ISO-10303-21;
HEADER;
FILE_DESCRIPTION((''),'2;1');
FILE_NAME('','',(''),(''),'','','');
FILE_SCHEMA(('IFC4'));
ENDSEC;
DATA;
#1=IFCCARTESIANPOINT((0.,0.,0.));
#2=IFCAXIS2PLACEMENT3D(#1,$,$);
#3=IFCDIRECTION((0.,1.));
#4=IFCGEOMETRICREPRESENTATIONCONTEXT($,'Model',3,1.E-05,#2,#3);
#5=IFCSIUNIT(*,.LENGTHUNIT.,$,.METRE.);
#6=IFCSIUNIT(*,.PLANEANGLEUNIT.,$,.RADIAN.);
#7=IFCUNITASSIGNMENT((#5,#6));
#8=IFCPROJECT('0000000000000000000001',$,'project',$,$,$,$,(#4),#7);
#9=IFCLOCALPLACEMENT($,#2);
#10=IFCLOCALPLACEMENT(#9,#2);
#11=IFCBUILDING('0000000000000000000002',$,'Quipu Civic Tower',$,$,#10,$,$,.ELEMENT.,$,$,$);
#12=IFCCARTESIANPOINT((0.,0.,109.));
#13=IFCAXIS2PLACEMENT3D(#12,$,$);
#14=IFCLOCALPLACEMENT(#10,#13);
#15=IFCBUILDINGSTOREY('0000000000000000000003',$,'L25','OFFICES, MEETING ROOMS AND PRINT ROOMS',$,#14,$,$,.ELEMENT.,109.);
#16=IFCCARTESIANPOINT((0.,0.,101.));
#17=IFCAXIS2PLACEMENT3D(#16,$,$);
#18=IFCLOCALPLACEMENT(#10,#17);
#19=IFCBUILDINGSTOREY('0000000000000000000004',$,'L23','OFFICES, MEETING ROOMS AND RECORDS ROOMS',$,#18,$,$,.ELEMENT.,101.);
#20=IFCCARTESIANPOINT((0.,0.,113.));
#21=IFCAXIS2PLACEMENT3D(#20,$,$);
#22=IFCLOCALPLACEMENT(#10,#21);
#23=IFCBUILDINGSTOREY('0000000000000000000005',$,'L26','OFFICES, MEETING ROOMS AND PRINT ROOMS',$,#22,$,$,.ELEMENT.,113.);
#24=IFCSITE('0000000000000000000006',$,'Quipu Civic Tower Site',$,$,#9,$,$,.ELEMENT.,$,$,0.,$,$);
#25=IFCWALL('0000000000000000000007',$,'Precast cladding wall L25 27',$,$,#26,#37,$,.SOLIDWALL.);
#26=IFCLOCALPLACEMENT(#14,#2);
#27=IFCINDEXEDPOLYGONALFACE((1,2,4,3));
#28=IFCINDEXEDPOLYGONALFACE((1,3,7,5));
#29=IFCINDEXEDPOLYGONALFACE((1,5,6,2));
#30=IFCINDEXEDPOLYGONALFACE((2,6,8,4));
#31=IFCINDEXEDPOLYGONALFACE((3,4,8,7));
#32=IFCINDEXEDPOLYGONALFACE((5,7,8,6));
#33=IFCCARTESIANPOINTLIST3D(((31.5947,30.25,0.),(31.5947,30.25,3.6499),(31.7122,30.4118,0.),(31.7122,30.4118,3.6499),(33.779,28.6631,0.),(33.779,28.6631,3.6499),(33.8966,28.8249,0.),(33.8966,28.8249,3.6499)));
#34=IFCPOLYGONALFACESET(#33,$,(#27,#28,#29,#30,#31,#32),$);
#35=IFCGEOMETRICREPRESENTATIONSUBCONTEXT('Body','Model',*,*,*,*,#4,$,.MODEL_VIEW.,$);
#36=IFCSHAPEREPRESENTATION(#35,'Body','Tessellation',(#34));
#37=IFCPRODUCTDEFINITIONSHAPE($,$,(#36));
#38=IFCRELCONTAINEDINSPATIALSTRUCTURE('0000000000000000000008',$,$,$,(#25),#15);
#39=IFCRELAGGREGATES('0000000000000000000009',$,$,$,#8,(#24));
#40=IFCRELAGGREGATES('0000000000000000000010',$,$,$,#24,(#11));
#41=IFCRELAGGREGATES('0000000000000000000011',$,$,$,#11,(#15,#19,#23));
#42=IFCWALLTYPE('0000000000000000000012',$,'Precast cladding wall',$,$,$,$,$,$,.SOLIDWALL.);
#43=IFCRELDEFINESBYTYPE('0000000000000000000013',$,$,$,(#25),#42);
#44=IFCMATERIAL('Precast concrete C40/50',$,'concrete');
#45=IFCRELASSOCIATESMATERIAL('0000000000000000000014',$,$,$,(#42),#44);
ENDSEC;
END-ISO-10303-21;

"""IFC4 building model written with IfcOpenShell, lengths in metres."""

from ifc_helpers import new_model, si_unit, direction, frame, frame_2d, origin, place, context, subcontext, project, spatial, rectangle, extrude, material, type_object, element, save


model = new_model("IFC4")

# Units and contexts
model_context = context("Model", 3, precision=1e-05, world=origin(), true_north=direction((0.0, 1.0)))
body_context = subcontext(model_context, "Body", "Model", "MODEL_VIEW")
ifc_project = project(units=[si_unit("LENGTHUNIT", "METRE"), si_unit("PLANEANGLEUNIT", "RADIAN")], contexts=[model_context])

# Site, building, storey
site_placement = place(None, origin())
site = spatial("IfcSite", under=ifc_project, at=site_placement, Name="Quipu Civic Tower Site", CompositionType="ELEMENT", RefElevation=0.0)
building_placement = place(site_placement, origin())
building = spatial("IfcBuilding", under=site, at=building_placement, Name="Quipu Civic Tower", CompositionType="ELEMENT")
storey_1_placement = place(building_placement, frame((0.0, 0.0, 109.0)))
storey_1 = spatial("IfcBuildingStorey", under=building, at=storey_1_placement, Name="L25", Description="OFFICES, MEETING ROOMS AND PRINT ROOMS", CompositionType="ELEMENT", Elevation=109.0)

# Shared definitions
storey_2_placement = place(building_placement, frame((0.0, 0.0, 101.0)))
storey_2 = spatial("IfcBuildingStorey", under=building, at=storey_2_placement, Name="L23", Description="OFFICES, MEETING ROOMS AND RECORDS ROOMS", CompositionType="ELEMENT", Elevation=101.0)

# Shared definitions
storey_3_placement = place(building_placement, frame((0.0, 0.0, 113.0)))
storey_3 = spatial("IfcBuildingStorey", under=building, at=storey_3_placement, Name="L26", Description="OFFICES, MEETING ROOMS AND PRINT ROOMS", CompositionType="ELEMENT", Elevation=113.0)

# Wall
ifc_material_1 = material(Name="Precast concrete C40/50", Category="concrete")
wall_type_1 = type_object("IfcWallType", Name="Precast cladding wall", PredefinedType="SOLIDWALL", material=ifc_material_1)
for number, where, z_axis, x_axis, name in (
    (1, (33.8379, 28.7439, 0.0), (0.0, 0.0, 1.0), (-0.809033, 0.587763, 0.0), "Precast cladding wall L25 27"),
):
    element("IfcWall", number, at=place(storey_1_placement, frame(where, z_axis=z_axis, x_axis=x_axis)), inside=storey_1, type_object=wall_type_1, Name=name, PredefinedType="SOLIDWALL", context=body_context, shape_type="SweptSolid", body=[
        extrude(rectangle(XDim=2.7, YDim=0.2, at=frame_2d((1.3501, 0.0))), origin(), (0.0, 0.0, 1.0), 3.6499),
    ])

save(model, "model.ifc")
